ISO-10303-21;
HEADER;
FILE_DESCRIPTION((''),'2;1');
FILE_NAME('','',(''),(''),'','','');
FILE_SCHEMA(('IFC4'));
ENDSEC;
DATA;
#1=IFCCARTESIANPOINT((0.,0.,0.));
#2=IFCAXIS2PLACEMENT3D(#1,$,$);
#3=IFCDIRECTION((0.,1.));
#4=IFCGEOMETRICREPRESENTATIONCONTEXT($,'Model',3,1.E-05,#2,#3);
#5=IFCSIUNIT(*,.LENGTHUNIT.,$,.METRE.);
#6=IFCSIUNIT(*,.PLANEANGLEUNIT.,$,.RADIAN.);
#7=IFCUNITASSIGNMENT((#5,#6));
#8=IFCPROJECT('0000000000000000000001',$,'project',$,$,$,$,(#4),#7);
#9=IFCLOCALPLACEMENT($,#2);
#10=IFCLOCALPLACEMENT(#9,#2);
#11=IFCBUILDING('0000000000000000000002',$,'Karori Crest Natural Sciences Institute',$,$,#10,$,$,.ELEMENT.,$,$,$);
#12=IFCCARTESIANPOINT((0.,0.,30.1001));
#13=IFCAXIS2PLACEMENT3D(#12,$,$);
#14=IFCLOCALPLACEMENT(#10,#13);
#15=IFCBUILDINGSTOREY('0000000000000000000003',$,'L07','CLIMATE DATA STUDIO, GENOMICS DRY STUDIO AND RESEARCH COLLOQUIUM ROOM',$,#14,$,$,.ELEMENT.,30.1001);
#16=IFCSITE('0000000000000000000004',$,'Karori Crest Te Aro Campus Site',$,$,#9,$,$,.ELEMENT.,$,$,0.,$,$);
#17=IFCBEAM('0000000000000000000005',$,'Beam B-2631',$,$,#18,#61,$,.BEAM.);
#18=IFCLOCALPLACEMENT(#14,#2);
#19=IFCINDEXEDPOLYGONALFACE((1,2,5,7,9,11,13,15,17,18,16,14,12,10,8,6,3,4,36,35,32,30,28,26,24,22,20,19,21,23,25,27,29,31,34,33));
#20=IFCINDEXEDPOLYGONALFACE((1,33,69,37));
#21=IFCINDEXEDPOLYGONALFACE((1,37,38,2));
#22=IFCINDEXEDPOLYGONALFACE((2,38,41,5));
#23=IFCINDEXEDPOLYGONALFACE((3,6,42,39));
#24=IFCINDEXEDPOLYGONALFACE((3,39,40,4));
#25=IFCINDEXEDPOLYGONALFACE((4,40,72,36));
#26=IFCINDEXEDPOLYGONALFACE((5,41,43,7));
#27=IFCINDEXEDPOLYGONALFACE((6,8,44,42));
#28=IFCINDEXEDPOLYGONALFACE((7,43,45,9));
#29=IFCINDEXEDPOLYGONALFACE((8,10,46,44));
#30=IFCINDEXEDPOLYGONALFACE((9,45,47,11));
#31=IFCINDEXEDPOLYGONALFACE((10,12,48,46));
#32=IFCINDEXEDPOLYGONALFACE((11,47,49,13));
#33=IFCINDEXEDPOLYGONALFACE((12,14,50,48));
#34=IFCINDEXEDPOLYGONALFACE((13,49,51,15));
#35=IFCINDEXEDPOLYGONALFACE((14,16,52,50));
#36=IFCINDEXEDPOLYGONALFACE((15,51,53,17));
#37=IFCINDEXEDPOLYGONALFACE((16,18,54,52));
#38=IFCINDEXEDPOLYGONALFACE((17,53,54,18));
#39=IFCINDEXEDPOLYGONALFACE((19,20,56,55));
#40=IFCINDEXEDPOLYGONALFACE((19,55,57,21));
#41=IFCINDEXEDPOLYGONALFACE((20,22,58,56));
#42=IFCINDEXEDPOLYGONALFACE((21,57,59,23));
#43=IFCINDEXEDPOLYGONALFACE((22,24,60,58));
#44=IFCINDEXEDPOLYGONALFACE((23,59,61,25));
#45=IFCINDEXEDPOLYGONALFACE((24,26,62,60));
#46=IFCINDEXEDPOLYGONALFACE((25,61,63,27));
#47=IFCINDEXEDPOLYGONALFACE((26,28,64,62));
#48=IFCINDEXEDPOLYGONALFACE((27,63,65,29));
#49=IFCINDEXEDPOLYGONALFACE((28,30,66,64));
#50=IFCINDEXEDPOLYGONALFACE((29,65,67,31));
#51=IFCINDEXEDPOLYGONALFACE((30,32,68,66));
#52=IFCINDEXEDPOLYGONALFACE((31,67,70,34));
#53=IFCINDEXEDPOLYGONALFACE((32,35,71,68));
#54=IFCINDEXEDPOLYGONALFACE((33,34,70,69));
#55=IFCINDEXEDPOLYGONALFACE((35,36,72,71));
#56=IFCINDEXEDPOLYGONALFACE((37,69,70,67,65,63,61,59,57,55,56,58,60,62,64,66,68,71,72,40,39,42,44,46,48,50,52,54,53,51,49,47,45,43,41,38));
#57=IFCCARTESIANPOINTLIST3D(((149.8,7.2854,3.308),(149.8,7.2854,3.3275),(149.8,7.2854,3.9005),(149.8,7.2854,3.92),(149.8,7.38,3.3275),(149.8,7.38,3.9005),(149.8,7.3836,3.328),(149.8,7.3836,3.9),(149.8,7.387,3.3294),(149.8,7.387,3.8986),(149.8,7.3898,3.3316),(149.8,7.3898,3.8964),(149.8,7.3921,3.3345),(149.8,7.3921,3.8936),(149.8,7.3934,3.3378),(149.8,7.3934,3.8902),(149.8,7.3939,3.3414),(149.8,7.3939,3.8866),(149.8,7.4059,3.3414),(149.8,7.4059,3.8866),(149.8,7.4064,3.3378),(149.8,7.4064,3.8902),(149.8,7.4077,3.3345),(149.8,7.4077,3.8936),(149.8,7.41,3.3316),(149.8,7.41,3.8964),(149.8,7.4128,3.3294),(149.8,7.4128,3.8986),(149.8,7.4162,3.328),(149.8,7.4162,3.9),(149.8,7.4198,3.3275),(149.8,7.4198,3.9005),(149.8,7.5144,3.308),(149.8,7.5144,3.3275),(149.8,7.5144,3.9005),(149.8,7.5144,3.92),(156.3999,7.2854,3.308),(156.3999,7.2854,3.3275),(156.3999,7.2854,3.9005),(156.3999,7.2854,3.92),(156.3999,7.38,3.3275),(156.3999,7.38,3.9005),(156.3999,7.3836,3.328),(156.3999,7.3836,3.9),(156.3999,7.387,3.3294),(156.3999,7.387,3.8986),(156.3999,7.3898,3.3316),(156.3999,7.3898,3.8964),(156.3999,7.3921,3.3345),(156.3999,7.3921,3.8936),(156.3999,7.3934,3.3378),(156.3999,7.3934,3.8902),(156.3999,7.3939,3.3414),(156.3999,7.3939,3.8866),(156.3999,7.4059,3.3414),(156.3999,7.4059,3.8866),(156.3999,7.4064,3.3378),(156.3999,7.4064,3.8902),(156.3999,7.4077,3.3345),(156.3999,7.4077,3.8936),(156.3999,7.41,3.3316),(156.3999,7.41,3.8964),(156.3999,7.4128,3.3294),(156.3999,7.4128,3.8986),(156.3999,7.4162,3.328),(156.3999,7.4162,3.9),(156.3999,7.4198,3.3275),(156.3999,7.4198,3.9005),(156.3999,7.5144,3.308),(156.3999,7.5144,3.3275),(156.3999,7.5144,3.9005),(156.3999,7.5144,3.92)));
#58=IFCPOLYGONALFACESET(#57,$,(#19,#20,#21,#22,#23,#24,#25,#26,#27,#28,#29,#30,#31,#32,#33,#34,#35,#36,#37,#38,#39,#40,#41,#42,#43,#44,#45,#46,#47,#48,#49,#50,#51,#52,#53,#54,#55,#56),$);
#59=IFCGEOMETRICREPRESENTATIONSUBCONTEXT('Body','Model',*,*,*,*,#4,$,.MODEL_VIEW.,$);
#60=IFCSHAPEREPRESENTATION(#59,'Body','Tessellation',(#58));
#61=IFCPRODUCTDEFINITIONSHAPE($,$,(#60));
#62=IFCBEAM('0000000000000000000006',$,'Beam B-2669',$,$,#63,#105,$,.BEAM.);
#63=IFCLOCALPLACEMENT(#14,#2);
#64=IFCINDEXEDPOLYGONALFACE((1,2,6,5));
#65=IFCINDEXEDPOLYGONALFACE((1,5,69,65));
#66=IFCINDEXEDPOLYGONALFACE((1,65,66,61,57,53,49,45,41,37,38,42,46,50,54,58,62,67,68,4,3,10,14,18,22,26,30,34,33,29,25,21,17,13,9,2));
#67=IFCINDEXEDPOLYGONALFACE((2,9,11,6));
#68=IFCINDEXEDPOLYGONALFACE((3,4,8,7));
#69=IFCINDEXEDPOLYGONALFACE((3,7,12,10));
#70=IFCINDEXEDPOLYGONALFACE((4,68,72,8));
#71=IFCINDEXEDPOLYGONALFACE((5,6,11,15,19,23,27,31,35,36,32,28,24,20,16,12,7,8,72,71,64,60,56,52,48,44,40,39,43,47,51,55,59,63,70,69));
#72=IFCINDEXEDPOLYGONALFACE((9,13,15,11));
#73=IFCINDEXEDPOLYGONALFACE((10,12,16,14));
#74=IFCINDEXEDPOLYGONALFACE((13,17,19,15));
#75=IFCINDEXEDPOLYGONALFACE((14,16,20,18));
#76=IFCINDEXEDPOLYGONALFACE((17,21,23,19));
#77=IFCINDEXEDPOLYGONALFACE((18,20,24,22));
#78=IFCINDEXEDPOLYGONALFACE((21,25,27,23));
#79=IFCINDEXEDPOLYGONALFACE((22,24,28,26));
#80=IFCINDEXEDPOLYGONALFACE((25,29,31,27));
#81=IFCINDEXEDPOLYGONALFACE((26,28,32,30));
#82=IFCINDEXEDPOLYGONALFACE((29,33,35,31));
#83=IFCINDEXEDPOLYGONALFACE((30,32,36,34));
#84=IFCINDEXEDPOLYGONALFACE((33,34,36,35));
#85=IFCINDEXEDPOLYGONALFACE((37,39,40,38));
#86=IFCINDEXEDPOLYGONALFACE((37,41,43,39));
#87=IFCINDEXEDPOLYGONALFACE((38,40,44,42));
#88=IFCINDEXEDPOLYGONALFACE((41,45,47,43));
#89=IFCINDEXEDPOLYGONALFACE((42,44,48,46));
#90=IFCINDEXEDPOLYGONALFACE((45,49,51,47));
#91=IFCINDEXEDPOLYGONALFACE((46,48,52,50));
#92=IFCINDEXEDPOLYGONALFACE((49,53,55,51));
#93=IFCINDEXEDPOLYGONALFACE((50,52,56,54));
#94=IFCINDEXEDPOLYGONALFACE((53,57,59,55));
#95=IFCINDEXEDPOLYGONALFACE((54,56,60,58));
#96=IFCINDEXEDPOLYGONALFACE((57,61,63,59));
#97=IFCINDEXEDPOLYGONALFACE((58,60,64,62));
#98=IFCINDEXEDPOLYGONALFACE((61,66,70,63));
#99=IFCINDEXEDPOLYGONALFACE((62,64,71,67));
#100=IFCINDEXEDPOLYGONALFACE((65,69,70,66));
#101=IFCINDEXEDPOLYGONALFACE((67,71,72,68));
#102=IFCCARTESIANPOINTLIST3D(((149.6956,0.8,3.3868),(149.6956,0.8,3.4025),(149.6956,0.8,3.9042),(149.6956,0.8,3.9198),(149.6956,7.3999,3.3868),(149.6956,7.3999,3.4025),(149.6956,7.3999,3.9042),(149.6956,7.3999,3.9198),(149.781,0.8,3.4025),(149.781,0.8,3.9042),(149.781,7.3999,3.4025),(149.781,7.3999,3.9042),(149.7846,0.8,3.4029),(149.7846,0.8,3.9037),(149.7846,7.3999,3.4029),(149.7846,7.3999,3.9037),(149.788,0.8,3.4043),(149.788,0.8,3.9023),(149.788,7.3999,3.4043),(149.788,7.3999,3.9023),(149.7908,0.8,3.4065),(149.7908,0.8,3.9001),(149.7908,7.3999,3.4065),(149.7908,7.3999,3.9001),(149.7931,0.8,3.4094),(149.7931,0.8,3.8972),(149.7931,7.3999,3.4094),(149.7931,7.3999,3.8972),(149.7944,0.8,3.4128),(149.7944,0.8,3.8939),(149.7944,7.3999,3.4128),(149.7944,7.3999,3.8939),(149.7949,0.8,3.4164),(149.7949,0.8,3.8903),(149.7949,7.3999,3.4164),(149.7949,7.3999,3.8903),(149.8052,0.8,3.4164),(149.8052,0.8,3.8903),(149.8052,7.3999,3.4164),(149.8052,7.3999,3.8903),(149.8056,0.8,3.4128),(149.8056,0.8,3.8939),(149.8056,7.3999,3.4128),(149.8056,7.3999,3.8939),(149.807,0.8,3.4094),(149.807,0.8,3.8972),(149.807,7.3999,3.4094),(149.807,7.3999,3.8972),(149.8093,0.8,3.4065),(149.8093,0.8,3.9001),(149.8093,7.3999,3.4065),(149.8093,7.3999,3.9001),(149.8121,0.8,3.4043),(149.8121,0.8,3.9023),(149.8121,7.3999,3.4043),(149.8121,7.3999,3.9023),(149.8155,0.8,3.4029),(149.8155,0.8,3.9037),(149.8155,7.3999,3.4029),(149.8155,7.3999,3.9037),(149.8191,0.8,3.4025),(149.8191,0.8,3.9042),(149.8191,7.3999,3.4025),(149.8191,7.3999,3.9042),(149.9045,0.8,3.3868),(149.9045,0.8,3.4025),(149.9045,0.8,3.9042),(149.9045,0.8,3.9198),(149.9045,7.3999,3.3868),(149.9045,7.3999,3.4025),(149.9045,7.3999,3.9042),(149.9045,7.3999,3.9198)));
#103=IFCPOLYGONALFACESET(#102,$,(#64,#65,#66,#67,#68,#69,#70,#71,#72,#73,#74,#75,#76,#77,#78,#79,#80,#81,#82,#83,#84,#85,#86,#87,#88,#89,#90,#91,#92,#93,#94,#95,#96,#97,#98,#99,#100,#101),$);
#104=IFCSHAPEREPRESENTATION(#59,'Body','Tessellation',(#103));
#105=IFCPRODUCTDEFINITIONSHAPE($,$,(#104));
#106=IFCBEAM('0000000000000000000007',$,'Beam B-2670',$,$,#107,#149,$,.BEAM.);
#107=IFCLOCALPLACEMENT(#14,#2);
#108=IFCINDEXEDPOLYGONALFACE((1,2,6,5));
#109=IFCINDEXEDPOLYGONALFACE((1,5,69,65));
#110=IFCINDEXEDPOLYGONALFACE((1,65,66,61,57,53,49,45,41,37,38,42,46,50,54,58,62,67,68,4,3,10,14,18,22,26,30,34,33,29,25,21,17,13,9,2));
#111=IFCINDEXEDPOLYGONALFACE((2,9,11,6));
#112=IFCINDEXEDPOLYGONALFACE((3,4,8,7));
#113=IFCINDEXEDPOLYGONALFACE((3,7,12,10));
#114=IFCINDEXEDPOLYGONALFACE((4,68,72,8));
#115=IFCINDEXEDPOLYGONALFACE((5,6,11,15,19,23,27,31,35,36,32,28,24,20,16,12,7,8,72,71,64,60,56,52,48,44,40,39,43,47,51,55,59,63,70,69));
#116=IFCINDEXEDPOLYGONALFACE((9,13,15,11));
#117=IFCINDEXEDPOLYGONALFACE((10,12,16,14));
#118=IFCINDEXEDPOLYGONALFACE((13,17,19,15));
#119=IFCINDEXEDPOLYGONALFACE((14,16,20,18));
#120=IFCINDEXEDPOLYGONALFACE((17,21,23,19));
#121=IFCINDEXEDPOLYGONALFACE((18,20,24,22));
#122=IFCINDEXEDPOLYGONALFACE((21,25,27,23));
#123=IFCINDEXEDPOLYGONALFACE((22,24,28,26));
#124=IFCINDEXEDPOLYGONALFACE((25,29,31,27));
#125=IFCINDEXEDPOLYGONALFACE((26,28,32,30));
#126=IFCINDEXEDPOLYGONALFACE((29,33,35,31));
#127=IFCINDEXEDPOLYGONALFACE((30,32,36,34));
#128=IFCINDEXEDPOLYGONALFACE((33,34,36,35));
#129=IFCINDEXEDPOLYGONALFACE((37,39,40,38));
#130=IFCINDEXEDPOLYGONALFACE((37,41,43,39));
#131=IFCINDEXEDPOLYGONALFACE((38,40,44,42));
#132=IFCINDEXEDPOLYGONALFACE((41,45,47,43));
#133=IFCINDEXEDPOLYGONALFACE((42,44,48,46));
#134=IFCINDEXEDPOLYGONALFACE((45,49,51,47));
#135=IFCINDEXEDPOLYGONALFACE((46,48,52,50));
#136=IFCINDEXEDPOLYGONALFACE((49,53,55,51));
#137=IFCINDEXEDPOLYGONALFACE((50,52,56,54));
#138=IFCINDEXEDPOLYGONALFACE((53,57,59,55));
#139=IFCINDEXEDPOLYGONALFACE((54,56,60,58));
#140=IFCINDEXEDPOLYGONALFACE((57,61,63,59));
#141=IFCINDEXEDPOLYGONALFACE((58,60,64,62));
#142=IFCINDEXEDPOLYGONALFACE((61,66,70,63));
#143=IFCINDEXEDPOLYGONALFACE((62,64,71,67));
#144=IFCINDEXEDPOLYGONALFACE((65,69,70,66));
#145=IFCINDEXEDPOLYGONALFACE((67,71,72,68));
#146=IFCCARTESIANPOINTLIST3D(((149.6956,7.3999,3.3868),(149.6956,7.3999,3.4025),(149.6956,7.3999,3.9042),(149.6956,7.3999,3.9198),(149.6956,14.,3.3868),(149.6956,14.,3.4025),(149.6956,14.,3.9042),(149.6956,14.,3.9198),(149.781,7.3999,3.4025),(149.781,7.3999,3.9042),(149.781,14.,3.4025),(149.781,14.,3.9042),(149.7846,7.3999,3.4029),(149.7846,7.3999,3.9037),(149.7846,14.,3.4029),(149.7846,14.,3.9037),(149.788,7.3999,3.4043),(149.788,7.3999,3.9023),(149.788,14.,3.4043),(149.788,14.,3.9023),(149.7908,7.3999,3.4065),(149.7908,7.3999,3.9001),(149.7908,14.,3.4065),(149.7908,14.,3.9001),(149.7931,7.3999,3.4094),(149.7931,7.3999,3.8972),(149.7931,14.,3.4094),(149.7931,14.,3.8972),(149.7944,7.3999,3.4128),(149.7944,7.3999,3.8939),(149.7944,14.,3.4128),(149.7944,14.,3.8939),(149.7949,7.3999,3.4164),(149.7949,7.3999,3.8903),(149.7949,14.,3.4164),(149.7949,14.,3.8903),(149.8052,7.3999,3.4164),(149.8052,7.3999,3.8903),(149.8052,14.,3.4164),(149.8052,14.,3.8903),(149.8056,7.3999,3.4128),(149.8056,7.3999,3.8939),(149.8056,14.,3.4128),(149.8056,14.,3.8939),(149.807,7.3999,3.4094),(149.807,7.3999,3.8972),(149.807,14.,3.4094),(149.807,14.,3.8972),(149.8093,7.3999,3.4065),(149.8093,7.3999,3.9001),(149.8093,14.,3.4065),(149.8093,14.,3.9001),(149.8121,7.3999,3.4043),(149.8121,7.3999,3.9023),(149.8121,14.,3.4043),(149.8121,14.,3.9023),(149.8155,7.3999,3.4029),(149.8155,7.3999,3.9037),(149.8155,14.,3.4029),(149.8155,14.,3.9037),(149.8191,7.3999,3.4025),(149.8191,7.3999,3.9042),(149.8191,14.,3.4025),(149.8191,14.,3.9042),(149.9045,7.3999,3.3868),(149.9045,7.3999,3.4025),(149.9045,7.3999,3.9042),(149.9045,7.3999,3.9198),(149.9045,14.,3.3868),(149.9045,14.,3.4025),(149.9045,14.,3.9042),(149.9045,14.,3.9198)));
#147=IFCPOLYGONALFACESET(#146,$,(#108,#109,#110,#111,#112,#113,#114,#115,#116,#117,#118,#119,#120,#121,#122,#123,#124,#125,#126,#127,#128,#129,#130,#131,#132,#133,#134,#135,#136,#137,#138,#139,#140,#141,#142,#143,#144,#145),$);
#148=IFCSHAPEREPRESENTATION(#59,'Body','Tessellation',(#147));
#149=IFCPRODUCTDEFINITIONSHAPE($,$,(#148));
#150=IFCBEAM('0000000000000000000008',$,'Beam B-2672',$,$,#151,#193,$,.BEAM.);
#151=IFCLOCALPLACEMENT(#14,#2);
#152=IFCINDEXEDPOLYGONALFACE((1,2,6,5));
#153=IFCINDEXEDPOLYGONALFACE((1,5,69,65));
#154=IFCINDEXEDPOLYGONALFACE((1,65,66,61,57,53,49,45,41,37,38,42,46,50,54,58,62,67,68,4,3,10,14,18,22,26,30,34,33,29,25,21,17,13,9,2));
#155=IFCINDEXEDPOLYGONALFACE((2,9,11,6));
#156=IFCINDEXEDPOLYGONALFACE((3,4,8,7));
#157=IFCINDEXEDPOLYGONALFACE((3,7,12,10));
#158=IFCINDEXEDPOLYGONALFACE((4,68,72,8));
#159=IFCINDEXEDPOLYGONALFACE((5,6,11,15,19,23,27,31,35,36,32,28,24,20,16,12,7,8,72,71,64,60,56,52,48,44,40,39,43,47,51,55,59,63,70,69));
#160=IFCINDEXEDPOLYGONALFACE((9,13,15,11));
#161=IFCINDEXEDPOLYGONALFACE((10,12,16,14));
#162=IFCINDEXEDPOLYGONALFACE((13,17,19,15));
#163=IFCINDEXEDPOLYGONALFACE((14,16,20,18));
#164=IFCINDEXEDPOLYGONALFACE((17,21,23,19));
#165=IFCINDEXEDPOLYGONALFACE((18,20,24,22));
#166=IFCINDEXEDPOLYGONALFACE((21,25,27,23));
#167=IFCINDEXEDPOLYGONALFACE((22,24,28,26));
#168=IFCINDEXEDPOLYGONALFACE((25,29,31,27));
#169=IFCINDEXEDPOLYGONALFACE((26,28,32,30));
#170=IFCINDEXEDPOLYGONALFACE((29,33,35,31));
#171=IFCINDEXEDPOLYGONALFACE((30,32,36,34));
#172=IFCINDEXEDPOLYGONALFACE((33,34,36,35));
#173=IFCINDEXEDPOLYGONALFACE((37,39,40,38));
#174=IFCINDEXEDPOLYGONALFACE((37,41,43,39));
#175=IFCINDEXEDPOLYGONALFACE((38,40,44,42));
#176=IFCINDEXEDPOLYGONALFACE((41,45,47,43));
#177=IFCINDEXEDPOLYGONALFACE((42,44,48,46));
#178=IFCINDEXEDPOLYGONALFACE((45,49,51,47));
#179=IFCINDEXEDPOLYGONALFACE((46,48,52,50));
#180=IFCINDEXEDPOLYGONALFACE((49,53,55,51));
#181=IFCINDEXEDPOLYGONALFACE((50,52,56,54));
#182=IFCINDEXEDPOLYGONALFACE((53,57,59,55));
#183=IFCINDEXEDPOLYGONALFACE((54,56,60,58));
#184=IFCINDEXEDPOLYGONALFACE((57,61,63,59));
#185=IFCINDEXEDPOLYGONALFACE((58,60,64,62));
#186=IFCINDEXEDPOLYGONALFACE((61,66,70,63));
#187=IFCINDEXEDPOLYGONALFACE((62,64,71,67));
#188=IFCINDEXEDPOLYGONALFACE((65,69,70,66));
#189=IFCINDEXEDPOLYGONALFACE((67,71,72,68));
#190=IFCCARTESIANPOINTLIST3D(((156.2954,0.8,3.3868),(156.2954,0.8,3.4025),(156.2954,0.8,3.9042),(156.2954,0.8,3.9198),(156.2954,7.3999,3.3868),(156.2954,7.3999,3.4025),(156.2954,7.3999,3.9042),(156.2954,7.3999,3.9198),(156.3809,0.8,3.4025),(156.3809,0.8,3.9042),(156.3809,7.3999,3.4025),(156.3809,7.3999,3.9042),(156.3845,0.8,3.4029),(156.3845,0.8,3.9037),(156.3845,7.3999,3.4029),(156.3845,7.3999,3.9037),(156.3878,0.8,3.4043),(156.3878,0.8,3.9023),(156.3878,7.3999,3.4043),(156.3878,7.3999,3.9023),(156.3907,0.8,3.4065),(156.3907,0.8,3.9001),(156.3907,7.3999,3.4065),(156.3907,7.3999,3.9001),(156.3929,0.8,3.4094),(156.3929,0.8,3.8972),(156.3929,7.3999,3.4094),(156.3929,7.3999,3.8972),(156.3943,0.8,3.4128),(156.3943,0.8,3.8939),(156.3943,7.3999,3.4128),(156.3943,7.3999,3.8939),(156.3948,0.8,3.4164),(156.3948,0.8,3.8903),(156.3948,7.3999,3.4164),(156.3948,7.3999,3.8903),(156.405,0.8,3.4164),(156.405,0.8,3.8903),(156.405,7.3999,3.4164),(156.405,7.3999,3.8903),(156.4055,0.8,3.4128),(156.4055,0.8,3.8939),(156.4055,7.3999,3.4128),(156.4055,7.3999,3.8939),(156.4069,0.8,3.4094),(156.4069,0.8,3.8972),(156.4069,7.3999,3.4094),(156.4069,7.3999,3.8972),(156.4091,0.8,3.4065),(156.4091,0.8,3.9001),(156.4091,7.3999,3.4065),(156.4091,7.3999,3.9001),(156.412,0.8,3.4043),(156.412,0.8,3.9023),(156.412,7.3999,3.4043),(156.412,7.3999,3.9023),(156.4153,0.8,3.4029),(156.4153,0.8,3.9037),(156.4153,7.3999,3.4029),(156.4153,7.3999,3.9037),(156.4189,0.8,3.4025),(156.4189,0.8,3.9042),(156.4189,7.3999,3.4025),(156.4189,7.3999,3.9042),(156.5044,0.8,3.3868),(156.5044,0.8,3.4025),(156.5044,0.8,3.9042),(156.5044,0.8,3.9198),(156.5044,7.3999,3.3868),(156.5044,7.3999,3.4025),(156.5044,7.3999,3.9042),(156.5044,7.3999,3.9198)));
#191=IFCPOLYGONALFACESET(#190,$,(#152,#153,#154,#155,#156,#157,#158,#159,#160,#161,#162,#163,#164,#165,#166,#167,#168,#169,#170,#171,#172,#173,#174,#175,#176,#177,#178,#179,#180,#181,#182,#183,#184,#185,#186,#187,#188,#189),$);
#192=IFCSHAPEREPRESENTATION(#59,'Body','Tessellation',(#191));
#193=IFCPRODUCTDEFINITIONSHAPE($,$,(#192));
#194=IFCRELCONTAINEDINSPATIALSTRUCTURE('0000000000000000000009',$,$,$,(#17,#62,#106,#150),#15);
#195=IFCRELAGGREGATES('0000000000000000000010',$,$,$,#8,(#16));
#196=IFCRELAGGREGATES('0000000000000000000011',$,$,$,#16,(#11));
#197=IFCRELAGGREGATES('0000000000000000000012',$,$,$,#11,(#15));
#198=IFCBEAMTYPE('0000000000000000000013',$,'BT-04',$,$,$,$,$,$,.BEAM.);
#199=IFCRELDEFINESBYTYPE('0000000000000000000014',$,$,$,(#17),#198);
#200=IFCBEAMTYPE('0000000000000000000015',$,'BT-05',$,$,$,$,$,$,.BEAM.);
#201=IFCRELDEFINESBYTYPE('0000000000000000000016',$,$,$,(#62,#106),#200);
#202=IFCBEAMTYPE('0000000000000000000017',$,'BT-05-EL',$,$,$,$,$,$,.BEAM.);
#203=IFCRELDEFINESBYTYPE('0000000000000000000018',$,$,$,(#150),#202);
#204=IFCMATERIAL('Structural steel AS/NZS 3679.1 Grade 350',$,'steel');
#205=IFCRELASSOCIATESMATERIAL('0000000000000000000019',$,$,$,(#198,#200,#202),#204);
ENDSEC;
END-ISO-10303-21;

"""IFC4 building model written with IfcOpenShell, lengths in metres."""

from ifc_helpers import new_model, si_unit, direction, frame, origin, origin_2d, place, context, subcontext, project, spatial, i_section, extrude, material, material_profile, profile_set, type_object, element, save


model = new_model("IFC4")

# Units and contexts
model_context = context("Model", 3, precision=1e-05, world=origin(), true_north=direction((0.0, 1.0)))
body_context = subcontext(model_context, "Body", "Model", "MODEL_VIEW")
ifc_project = project(units=[si_unit("LENGTHUNIT", "METRE"), si_unit("PLANEANGLEUNIT", "RADIAN")], contexts=[model_context])

# Site, building, storey
site_placement = place(None, origin())
site = spatial("IfcSite", under=ifc_project, at=site_placement, Name="Karori Crest Te Aro Campus Site", CompositionType="ELEMENT", RefElevation=0.0)
building_placement = place(site_placement, origin())
building = spatial("IfcBuilding", under=site, at=building_placement, Name="Karori Crest Natural Sciences Institute", CompositionType="ELEMENT")
storey_placement = place(building_placement, frame((0.0, 0.0, 30.1001)))
storey = spatial("IfcBuildingStorey", under=building, at=storey_placement, Name="L07", Description="CLIMATE DATA STUDIO, GENOMICS DRY STUDIO AND RESEARCH COLLOQUIUM ROOM", CompositionType="ELEMENT", Elevation=30.1001)

# Shared definitions
ifc_material_1 = material(Name="Structural steel AS/NZS 3679.1 Grade 350", Category="steel")

# Beams
ifc_material_profile_1 = material_profile(ifc_material_1, i_section(OverallWidth=0.229, OverallDepth=0.6121, WebThickness=0.012, FlangeThickness=0.0195, FilletRadius=0.0139, at=origin_2d()), Name="610UB125")
ifc_profile_set_1 = profile_set([ifc_material_profile_1], Name="Structural steel AS/NZS 3679.1 Grade 350")
beam_type_1 = type_object("IfcBeamType", Name="BT-04", PredefinedType="BEAM", material=ifc_profile_set_1)
beam_1_placement = place(storey_placement, frame((149.8, 7.3999, 3.614), z_axis=(1.0, 0.0, 0.0), x_axis=(0.0, 1.0, 0.0)))
element("IfcBeam", 1, at=beam_1_placement, inside=storey, type_object=beam_type_1, Name="Beam B-2631", PredefinedType="BEAM", context=body_context, shape_type="SweptSolid", body=[
    extrude(i_section(OverallWidth=0.229, OverallDepth=0.6121, WebThickness=0.012, FlangeThickness=0.0195, FilletRadius=0.0139, at=origin_2d()), origin(), (0.0, 0.0, 1.0), 6.5999),
])
ifc_material_profile_2 = material_profile(ifc_material_1, i_section(OverallWidth=0.209, OverallDepth=0.533, WebThickness=0.0103, FlangeThickness=0.0156, FilletRadius=0.0139, at=origin_2d()), Name="530UB92.4")
ifc_profile_set_2 = profile_set([ifc_material_profile_2], Name="Structural steel AS/NZS 3679.1 Grade 350")
beam_type_2 = type_object("IfcBeamType", Name="BT-05", PredefinedType="BEAM", material=ifc_profile_set_2)
beam_2_placement = place(storey_placement, frame((149.8, 0.8, 3.6533), z_axis=(0.0, 1.0, 0.0), x_axis=(-1.0, 0.0, 0.0)))
element("IfcBeam", 2, at=beam_2_placement, inside=storey, type_object=beam_type_2, Name="Beam B-2669", PredefinedType="BEAM", context=body_context, shape_type="SweptSolid", body=[
    extrude(i_section(OverallWidth=0.209, OverallDepth=0.533, WebThickness=0.0103, FlangeThickness=0.0156, FilletRadius=0.0139, at=origin_2d()), origin(), (0.0, 0.0, 1.0), 6.5999),
])
beam_3_placement = place(storey_placement, frame((149.8, 7.3999, 3.6533), z_axis=(0.0, 1.0, 0.0), x_axis=(-1.0, 0.0, 0.0)))
element("IfcBeam", 3, at=beam_3_placement, inside=storey, type_object=beam_type_2, Name="Beam B-2670", PredefinedType="BEAM", context=body_context, shape_type="SweptSolid", body=[
    extrude(i_section(OverallWidth=0.209, OverallDepth=0.533, WebThickness=0.0103, FlangeThickness=0.0156, FilletRadius=0.0139, at=origin_2d()), origin(), (0.0, 0.0, 1.0), 6.6001),
])
ifc_material_profile_3 = material_profile(ifc_material_1, i_section(OverallWidth=0.209, OverallDepth=0.533, WebThickness=0.0103, FlangeThickness=0.0156, FilletRadius=0.0139, at=origin_2d()), Name="530UB92.4")
ifc_profile_set_3 = profile_set([ifc_material_profile_3], Name="Structural steel AS/NZS 3679.1 Grade 350")
beam_type_3 = type_object("IfcBeamType", Name="BT-05-EL", PredefinedType="BEAM", material=ifc_profile_set_3)
beam_4_placement = place(storey_placement, frame((156.3999, 0.8, 3.6533), z_axis=(0.0, 1.0, 0.0), x_axis=(-1.0, 0.0, 0.0)))
element("IfcBeam", 4, at=beam_4_placement, inside=storey, type_object=beam_type_3, Name="Beam B-2672", PredefinedType="BEAM", context=body_context, shape_type="SweptSolid", body=[
    extrude(i_section(OverallWidth=0.209, OverallDepth=0.533, WebThickness=0.0103, FlangeThickness=0.0156, FilletRadius=0.0139, at=origin_2d()), origin(), (0.0, 0.0, 1.0), 6.5999),
])

save(model, "model.ifc")
